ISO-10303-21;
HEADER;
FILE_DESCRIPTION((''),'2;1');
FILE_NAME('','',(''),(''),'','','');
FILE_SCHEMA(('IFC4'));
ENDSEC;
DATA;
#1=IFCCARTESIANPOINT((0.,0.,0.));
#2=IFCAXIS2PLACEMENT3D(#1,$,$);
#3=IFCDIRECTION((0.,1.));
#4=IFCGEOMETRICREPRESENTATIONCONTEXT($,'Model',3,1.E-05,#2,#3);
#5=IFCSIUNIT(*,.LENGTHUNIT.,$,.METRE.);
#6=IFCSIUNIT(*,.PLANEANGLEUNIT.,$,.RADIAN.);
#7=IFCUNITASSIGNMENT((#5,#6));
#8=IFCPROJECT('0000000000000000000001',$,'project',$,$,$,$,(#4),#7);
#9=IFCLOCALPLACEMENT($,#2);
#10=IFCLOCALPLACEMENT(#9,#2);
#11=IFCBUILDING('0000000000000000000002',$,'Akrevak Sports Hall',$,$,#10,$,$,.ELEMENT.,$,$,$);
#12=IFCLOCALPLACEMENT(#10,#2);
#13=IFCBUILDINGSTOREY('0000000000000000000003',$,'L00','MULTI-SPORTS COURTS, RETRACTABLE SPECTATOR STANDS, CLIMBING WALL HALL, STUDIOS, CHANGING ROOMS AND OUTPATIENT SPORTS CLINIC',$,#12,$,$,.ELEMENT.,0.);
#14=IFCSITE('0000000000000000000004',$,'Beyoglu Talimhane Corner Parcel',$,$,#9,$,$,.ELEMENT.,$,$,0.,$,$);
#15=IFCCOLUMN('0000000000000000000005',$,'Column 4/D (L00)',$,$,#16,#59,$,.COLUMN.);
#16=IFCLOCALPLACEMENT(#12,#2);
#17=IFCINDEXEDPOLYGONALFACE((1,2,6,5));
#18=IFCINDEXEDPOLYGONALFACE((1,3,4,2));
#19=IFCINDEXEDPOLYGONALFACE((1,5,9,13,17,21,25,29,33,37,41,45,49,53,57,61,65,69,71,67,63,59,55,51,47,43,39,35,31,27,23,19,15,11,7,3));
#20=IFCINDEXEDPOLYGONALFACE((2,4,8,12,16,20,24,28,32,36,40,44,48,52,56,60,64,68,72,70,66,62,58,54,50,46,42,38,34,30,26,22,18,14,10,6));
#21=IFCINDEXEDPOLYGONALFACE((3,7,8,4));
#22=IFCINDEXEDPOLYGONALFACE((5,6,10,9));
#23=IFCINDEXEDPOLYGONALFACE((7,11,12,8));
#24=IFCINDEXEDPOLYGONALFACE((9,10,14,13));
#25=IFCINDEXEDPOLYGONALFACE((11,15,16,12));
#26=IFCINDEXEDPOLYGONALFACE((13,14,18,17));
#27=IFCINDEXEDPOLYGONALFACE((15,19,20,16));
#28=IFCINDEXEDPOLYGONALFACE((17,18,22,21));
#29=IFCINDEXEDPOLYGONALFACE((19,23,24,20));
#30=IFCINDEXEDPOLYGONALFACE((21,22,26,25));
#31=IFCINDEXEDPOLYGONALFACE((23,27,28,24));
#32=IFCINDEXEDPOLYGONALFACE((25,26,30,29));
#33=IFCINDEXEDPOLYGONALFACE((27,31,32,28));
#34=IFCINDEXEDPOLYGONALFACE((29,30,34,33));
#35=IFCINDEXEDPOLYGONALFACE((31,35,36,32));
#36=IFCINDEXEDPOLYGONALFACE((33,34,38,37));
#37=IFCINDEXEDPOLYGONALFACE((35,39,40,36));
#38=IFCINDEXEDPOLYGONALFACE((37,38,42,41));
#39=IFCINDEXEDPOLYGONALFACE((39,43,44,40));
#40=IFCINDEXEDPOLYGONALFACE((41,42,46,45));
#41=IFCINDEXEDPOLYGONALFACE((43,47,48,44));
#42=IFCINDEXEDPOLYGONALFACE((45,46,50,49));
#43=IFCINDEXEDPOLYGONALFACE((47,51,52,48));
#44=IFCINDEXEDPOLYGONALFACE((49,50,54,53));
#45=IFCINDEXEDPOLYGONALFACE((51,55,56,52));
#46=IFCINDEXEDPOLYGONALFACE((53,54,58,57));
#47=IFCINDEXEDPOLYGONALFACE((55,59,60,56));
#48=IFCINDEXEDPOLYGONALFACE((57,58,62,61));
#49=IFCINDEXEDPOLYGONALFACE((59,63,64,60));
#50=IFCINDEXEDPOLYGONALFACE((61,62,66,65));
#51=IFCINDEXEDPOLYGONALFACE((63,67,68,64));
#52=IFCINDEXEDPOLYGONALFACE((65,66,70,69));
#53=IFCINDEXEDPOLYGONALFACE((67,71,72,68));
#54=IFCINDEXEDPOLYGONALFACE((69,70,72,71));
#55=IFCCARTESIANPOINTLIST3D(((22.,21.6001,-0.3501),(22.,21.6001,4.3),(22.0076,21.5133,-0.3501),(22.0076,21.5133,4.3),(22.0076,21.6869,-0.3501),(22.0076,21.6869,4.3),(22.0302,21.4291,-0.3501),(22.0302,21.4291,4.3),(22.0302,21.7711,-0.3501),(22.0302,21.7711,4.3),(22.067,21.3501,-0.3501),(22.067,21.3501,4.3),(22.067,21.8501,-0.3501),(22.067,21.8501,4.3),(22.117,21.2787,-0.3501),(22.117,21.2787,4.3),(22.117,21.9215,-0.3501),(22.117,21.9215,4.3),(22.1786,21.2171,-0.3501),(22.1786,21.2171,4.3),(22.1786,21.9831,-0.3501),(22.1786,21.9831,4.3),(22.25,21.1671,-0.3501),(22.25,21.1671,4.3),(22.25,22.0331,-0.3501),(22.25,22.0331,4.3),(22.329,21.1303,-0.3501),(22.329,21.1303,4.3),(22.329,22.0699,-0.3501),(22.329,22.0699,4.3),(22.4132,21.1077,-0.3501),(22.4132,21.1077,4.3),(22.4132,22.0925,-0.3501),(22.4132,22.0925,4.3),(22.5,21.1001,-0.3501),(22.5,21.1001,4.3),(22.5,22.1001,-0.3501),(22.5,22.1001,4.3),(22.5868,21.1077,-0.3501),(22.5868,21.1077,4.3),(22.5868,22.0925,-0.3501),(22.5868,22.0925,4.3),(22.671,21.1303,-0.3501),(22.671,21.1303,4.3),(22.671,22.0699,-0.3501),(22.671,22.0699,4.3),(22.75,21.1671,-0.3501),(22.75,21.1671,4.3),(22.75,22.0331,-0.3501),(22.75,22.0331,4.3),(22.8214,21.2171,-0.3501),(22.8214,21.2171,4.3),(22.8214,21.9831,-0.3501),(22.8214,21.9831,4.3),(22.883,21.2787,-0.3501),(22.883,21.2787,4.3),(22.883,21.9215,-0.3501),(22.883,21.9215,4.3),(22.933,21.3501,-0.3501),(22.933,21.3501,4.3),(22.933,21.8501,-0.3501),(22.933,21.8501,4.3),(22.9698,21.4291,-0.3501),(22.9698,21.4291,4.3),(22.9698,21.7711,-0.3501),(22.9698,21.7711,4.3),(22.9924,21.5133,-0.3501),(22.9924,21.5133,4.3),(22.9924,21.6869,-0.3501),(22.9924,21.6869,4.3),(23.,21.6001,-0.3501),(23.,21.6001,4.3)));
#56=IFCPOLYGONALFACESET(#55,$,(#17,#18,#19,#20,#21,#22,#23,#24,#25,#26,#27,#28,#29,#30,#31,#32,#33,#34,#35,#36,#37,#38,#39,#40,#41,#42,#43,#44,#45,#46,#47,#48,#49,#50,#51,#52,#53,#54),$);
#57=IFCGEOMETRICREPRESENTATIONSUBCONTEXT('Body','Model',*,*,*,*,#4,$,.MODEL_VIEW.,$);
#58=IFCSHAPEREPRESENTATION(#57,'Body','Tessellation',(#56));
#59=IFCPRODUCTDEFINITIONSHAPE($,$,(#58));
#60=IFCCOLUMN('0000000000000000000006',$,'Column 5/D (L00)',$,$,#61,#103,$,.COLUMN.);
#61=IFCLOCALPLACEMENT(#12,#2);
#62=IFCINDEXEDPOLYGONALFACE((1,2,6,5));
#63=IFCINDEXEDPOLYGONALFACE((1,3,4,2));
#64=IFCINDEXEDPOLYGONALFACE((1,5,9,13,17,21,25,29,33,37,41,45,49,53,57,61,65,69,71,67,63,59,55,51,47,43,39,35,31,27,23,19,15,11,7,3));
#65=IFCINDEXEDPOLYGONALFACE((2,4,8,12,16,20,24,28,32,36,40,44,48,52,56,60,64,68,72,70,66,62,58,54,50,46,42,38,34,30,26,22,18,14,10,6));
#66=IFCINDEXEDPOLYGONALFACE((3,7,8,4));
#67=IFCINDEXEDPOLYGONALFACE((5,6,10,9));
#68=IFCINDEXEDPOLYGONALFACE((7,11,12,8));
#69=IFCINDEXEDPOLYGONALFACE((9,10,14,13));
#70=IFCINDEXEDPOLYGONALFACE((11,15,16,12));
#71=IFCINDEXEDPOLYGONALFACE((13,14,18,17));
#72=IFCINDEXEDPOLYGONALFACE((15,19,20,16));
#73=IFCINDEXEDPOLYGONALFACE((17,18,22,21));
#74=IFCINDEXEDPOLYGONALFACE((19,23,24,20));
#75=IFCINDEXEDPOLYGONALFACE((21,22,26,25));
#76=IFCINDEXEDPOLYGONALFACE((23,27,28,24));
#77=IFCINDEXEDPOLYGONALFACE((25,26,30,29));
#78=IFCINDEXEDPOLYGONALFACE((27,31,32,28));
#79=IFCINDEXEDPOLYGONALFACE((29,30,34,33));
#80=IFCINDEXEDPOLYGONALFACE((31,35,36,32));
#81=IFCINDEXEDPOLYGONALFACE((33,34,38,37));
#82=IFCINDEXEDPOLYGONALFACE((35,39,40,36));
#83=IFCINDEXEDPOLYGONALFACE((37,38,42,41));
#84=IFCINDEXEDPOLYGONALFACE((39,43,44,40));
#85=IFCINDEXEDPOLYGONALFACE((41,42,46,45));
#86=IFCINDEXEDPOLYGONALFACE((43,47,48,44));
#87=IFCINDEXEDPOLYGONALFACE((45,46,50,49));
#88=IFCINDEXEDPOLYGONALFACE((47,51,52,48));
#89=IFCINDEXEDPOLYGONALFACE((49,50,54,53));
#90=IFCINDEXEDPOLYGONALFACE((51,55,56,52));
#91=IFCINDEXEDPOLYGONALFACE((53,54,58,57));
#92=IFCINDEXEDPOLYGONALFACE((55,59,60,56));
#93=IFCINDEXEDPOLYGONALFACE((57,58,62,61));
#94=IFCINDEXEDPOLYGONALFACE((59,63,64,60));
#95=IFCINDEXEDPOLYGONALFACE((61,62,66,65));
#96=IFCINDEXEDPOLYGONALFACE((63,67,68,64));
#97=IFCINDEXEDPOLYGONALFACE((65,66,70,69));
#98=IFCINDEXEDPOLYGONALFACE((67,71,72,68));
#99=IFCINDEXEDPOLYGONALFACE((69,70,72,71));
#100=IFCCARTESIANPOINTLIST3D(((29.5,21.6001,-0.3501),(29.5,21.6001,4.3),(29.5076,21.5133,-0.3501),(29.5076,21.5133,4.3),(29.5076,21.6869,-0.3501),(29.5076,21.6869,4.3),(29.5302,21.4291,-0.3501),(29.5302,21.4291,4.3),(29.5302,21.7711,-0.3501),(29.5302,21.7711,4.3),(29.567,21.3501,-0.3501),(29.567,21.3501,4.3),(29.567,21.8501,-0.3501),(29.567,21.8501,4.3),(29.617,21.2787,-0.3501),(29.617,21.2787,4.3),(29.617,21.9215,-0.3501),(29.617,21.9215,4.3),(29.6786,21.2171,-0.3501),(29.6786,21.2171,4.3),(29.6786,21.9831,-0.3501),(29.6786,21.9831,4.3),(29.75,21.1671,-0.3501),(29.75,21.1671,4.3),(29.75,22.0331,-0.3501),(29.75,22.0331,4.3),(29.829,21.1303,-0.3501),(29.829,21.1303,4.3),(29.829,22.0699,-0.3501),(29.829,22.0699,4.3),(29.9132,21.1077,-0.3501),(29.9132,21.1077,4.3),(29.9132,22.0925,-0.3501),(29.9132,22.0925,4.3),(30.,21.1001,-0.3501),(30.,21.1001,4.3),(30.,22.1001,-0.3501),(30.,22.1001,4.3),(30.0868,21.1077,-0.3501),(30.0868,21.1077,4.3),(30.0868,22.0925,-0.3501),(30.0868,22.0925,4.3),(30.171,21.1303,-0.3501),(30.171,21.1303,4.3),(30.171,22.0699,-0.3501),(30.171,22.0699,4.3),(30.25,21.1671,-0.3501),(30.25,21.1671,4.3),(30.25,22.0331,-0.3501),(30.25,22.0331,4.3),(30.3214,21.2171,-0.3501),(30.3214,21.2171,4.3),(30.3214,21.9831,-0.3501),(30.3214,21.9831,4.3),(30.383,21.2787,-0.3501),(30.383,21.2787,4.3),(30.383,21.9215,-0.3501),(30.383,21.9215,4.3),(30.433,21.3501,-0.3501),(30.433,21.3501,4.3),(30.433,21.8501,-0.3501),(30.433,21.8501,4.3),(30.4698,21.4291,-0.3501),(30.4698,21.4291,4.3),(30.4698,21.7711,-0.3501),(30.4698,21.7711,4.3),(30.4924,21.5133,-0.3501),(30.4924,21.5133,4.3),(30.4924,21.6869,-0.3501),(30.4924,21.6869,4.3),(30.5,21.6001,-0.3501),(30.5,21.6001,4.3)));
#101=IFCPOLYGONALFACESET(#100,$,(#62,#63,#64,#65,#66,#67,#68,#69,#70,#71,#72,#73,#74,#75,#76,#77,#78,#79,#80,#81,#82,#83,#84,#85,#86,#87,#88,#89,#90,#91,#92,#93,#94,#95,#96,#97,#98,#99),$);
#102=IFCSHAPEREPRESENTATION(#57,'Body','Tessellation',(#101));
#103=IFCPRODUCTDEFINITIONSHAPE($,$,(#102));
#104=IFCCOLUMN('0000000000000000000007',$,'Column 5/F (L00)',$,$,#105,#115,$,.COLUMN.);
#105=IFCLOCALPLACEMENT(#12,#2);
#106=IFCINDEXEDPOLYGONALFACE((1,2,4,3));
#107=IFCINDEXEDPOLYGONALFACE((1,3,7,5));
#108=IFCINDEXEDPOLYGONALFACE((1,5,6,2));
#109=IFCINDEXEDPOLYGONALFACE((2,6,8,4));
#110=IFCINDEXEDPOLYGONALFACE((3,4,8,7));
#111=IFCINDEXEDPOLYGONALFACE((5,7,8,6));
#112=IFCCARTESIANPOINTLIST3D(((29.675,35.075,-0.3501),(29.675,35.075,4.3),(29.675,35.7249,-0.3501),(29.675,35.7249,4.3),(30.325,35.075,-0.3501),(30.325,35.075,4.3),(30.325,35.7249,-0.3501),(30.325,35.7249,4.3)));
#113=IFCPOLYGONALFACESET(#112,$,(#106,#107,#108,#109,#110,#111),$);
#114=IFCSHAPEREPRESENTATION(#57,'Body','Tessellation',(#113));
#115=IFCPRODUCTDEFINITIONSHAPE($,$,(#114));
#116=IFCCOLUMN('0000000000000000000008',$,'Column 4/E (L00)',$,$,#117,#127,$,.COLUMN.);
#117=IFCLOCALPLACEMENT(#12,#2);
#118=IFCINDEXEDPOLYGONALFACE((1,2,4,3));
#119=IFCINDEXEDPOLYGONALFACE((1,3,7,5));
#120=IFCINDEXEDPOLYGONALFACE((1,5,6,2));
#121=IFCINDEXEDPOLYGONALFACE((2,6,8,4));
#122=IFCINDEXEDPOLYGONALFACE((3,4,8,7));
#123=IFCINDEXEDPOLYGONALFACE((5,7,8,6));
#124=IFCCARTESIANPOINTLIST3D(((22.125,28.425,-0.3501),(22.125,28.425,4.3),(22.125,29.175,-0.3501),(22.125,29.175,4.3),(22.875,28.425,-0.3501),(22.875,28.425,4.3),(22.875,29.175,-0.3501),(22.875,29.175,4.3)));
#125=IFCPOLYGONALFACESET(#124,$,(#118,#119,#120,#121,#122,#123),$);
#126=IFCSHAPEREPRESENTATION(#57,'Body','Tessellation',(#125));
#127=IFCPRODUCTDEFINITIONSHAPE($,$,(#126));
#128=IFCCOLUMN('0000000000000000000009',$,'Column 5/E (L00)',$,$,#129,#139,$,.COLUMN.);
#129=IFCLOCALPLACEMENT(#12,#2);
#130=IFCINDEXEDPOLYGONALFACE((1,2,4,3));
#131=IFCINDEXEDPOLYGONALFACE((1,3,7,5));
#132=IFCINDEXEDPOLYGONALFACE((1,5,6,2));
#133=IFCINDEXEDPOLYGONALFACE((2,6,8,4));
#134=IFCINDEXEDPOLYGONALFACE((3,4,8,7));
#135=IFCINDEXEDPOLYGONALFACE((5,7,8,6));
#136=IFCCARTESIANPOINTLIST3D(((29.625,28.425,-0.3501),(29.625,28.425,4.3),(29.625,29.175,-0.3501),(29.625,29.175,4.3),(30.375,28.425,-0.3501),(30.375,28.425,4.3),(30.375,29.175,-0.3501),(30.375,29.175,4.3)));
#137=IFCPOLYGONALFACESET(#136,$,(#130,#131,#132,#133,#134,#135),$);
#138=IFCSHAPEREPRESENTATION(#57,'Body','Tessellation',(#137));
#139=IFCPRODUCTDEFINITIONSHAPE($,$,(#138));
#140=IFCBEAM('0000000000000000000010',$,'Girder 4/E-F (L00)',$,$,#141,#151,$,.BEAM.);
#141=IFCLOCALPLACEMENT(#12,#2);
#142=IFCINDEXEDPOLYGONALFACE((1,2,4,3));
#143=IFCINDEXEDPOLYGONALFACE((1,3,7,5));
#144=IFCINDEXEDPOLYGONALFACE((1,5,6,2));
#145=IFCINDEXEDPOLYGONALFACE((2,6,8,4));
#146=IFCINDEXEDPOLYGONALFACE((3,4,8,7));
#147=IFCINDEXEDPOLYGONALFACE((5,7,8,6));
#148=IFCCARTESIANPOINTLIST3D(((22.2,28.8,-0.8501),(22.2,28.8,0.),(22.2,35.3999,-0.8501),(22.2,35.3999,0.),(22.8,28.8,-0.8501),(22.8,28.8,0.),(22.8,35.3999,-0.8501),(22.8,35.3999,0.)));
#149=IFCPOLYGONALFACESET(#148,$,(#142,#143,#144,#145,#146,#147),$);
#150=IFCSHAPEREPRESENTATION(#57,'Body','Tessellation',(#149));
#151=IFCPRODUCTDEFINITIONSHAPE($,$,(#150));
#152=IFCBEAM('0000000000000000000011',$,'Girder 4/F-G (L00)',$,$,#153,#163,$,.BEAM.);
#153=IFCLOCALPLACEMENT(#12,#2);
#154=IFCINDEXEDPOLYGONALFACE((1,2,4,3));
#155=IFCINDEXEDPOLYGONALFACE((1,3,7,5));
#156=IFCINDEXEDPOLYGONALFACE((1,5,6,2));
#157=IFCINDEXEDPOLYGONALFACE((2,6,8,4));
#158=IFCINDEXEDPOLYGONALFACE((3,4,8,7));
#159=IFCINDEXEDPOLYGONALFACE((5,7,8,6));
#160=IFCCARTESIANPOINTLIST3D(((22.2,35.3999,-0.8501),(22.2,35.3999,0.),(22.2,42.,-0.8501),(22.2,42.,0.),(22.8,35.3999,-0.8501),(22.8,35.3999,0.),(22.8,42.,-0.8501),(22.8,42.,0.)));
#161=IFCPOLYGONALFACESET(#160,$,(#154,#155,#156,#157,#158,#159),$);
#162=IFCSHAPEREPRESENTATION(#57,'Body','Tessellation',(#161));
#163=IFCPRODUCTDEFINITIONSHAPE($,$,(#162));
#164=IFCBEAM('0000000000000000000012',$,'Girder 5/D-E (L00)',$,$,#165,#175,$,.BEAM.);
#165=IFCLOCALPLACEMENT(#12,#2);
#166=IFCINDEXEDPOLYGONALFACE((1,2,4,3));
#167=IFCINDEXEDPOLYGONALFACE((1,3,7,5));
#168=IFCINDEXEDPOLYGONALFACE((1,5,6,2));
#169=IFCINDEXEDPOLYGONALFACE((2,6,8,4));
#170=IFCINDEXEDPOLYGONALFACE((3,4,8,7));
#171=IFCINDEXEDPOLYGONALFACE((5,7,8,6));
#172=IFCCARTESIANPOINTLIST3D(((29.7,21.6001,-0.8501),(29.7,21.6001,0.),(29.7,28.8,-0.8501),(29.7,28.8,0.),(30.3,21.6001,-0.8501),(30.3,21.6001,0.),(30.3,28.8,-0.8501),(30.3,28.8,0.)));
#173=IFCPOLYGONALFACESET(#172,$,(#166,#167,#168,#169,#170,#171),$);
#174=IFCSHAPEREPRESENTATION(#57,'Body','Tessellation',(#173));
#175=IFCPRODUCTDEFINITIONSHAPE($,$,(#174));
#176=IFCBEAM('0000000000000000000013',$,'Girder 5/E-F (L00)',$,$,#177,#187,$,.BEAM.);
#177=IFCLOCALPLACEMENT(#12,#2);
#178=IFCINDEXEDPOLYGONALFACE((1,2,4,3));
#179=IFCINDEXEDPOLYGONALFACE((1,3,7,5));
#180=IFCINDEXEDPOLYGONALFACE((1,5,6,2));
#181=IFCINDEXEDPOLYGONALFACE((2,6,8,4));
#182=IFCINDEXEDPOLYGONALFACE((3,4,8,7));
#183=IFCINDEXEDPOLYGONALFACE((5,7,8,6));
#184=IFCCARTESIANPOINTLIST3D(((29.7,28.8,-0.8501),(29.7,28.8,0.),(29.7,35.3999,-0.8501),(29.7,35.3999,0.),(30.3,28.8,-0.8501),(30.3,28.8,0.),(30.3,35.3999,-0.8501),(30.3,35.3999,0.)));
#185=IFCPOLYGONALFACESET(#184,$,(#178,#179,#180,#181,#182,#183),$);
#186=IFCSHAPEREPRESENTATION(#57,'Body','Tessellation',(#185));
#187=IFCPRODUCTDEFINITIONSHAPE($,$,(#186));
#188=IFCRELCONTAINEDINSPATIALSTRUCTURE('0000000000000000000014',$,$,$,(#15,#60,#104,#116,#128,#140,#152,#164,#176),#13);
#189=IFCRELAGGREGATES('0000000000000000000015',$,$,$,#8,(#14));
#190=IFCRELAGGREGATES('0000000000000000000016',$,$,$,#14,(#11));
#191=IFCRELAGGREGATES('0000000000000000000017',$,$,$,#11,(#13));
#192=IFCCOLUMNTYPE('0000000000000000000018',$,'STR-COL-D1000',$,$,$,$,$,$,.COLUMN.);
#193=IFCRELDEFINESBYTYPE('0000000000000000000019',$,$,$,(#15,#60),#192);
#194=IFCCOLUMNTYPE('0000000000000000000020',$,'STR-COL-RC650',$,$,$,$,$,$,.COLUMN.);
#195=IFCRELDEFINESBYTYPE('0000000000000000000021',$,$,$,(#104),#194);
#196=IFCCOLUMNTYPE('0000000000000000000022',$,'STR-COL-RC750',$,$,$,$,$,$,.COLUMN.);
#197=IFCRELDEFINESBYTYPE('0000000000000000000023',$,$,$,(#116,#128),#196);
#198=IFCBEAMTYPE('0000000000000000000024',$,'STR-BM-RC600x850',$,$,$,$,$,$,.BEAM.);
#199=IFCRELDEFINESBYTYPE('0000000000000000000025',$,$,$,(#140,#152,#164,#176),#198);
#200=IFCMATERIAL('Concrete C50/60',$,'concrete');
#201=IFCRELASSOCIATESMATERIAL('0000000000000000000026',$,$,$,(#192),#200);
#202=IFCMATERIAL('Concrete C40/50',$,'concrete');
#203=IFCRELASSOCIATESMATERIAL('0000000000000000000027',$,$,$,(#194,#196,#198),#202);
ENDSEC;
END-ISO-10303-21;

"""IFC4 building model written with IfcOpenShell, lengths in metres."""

from ifc_helpers import new_model, si_unit, direction, frame, origin, origin_2d, place, context, subcontext, project, spatial, rectangle, circle, extrude, material, material_profile, profile_set, type_object, element, save


model = new_model("IFC4")

# Units and contexts
model_context = context("Model", 3, precision=1e-05, world=origin(), true_north=direction((0.0, 1.0)))
body_context = subcontext(model_context, "Body", "Model", "MODEL_VIEW")
ifc_project = project(units=[si_unit("LENGTHUNIT", "METRE"), si_unit("PLANEANGLEUNIT", "RADIAN")], contexts=[model_context])

# Site, building, storey
site_placement = place(None, origin())
site = spatial("IfcSite", under=ifc_project, at=site_placement, Name="Beyoglu Talimhane Corner Parcel", CompositionType="ELEMENT", RefElevation=0.0)
building_placement = place(site_placement, origin())
building = spatial("IfcBuilding", under=site, at=building_placement, Name="Akrevak Sports Hall", CompositionType="ELEMENT")
storey_placement = place(building_placement, origin())
storey = spatial("IfcBuildingStorey", under=building, at=storey_placement, Name="L00", Description="MULTI-SPORTS COURTS, RETRACTABLE SPECTATOR STANDS, CLIMBING WALL HALL, STUDIOS, CHANGING ROOMS AND OUTPATIENT SPORTS CLINIC", CompositionType="ELEMENT", Elevation=0.0)

# Columns
ifc_material_1 = material(Name="Concrete C50/60", Category="concrete")
ifc_material_profile_1 = material_profile(ifc_material_1, circle(Radius=0.5, at=origin_2d()), Name="COL D1000", Category="concrete")
ifc_profile_set_1 = profile_set([ifc_material_profile_1], Name="Concrete C50/60")
column_type_1 = type_object("IfcColumnType", Name="STR-COL-D1000", PredefinedType="COLUMN", material=ifc_profile_set_1)
for number, where, z_axis, x_axis, name in (
    (1, (22.5, 21.6001, -0.3501), (0.0, 0.0, 1.0), (1.0, 0.0, 0.0), "Column 4/D (L00)"),
    (2, (30.0, 21.6001, -0.3501), (0.0, 0.0, 1.0), (1.0, 0.0, 0.0), "Column 5/D (L00)"),
):
    element("IfcColumn", number, at=place(storey_placement, frame(where, z_axis=z_axis, x_axis=x_axis)), inside=storey, type_object=column_type_1, Name=name, PredefinedType="COLUMN", context=body_context, shape_type="SweptSolid", body=[
        extrude(circle(Radius=0.5, at=origin_2d()), origin(), (0.0, 0.0, 1.0), 4.6501),
    ])
ifc_material_2 = material(Name="Concrete C40/50", Category="concrete")
ifc_material_profile_2 = material_profile(ifc_material_2, rectangle(XDim=0.6499, YDim=0.6499, at=origin_2d()), Name="RC 650x650", Category="concrete")
ifc_profile_set_2 = profile_set([ifc_material_profile_2], Name="Concrete C40/50")
column_type_2 = type_object("IfcColumnType", Name="STR-COL-RC650", PredefinedType="COLUMN", material=ifc_profile_set_2)
column_placement = place(storey_placement, frame((30.0, 35.3999, -0.3501), z_axis=(0.0, 0.0, 1.0), x_axis=(1.0, 0.0, 0.0)))
element("IfcColumn", 3, at=column_placement, inside=storey, type_object=column_type_2, Name="Column 5/F (L00)", PredefinedType="COLUMN", context=body_context, shape_type="SweptSolid", body=[
    extrude(rectangle(XDim=0.6499, YDim=0.6499, at=origin_2d()), origin(), (0.0, 0.0, 1.0), 4.6501),
])
ifc_material_profile_3 = material_profile(ifc_material_2, rectangle(XDim=0.75, YDim=0.75, at=origin_2d()), Name="RC 750x750", Category="concrete")
ifc_profile_set_3 = profile_set([ifc_material_profile_3], Name="Concrete C40/50")
column_type_3 = type_object("IfcColumnType", Name="STR-COL-RC750", PredefinedType="COLUMN", material=ifc_profile_set_3)
for number, where, z_axis, x_axis, name in (
    (4, (22.5, 28.8, -0.3501), (0.0, 0.0, 1.0), (1.0, 0.0, 0.0), "Column 4/E (L00)"),
    (5, (30.0, 28.8, -0.3501), (0.0, 0.0, 1.0), (1.0, 0.0, 0.0), "Column 5/E (L00)"),
):
    element("IfcColumn", number, at=place(storey_placement, frame(where, z_axis=z_axis, x_axis=x_axis)), inside=storey, type_object=column_type_3, Name=name, PredefinedType="COLUMN", context=body_context, shape_type="SweptSolid", body=[
        extrude(rectangle(XDim=0.75, YDim=0.75, at=origin_2d()), origin(), (0.0, 0.0, 1.0), 4.6501),
    ])

# Beams
ifc_material_profile_4 = material_profile(ifc_material_2, rectangle(XDim=0.6001, YDim=0.8501, at=origin_2d()), Name="BM 600x850", Category="concrete")
ifc_profile_set_4 = profile_set([ifc_material_profile_4], Name="Concrete C40/50")
beam_type_1 = type_object("IfcBeamType", Name="STR-BM-RC600x850", PredefinedType="BEAM", material=ifc_profile_set_4)
beam_1_placement = place(storey_placement, frame((22.5, 28.8, -0.425), z_axis=(0.0, 1.0, 0.0), x_axis=(-1.0, 0.0, 0.0)))
element("IfcBeam", 6, at=beam_1_placement, inside=storey, type_object=beam_type_1, Name="Girder 4/E-F (L00)", PredefinedType="BEAM", context=body_context, shape_type="SweptSolid", body=[
    extrude(rectangle(XDim=0.6001, YDim=0.8501, at=origin_2d()), origin(), (0.0, 0.0, 1.0), 6.5999),
])
beam_2_placement = place(storey_placement, frame((22.5, 35.3999, -0.425), z_axis=(0.0, 1.0, 0.0), x_axis=(-1.0, 0.0, 0.0)))
element("IfcBeam", 7, at=beam_2_placement, inside=storey, type_object=beam_type_1, Name="Girder 4/F-G (L00)", PredefinedType="BEAM", context=body_context, shape_type="SweptSolid", body=[
    extrude(rectangle(XDim=0.6001, YDim=0.8501, at=origin_2d()), origin(), (0.0, 0.0, 1.0), 6.6001),
])
beam_3_placement = place(storey_placement, frame((30.0, 21.6001, -0.425), z_axis=(0.0, 1.0, 0.0), x_axis=(-1.0, 0.0, 0.0)))
element("IfcBeam", 8, at=beam_3_placement, inside=storey, type_object=beam_type_1, Name="Girder 5/D-E (L00)", PredefinedType="BEAM", context=body_context, shape_type="SweptSolid", body=[
    extrude(rectangle(XDim=0.6001, YDim=0.8501, at=origin_2d()), origin(), (0.0, 0.0, 1.0), 7.2),
])
beam_4_placement = place(storey_placement, frame((30.0, 28.8, -0.425), z_axis=(0.0, 1.0, 0.0), x_axis=(-1.0, 0.0, 0.0)))
element("IfcBeam", 9, at=beam_4_placement, inside=storey, type_object=beam_type_1, Name="Girder 5/E-F (L00)", PredefinedType="BEAM", context=body_context, shape_type="SweptSolid", body=[
    extrude(rectangle(XDim=0.6001, YDim=0.8501, at=origin_2d()), origin(), (0.0, 0.0, 1.0), 6.5999),
])

save(model, "model.ifc")
